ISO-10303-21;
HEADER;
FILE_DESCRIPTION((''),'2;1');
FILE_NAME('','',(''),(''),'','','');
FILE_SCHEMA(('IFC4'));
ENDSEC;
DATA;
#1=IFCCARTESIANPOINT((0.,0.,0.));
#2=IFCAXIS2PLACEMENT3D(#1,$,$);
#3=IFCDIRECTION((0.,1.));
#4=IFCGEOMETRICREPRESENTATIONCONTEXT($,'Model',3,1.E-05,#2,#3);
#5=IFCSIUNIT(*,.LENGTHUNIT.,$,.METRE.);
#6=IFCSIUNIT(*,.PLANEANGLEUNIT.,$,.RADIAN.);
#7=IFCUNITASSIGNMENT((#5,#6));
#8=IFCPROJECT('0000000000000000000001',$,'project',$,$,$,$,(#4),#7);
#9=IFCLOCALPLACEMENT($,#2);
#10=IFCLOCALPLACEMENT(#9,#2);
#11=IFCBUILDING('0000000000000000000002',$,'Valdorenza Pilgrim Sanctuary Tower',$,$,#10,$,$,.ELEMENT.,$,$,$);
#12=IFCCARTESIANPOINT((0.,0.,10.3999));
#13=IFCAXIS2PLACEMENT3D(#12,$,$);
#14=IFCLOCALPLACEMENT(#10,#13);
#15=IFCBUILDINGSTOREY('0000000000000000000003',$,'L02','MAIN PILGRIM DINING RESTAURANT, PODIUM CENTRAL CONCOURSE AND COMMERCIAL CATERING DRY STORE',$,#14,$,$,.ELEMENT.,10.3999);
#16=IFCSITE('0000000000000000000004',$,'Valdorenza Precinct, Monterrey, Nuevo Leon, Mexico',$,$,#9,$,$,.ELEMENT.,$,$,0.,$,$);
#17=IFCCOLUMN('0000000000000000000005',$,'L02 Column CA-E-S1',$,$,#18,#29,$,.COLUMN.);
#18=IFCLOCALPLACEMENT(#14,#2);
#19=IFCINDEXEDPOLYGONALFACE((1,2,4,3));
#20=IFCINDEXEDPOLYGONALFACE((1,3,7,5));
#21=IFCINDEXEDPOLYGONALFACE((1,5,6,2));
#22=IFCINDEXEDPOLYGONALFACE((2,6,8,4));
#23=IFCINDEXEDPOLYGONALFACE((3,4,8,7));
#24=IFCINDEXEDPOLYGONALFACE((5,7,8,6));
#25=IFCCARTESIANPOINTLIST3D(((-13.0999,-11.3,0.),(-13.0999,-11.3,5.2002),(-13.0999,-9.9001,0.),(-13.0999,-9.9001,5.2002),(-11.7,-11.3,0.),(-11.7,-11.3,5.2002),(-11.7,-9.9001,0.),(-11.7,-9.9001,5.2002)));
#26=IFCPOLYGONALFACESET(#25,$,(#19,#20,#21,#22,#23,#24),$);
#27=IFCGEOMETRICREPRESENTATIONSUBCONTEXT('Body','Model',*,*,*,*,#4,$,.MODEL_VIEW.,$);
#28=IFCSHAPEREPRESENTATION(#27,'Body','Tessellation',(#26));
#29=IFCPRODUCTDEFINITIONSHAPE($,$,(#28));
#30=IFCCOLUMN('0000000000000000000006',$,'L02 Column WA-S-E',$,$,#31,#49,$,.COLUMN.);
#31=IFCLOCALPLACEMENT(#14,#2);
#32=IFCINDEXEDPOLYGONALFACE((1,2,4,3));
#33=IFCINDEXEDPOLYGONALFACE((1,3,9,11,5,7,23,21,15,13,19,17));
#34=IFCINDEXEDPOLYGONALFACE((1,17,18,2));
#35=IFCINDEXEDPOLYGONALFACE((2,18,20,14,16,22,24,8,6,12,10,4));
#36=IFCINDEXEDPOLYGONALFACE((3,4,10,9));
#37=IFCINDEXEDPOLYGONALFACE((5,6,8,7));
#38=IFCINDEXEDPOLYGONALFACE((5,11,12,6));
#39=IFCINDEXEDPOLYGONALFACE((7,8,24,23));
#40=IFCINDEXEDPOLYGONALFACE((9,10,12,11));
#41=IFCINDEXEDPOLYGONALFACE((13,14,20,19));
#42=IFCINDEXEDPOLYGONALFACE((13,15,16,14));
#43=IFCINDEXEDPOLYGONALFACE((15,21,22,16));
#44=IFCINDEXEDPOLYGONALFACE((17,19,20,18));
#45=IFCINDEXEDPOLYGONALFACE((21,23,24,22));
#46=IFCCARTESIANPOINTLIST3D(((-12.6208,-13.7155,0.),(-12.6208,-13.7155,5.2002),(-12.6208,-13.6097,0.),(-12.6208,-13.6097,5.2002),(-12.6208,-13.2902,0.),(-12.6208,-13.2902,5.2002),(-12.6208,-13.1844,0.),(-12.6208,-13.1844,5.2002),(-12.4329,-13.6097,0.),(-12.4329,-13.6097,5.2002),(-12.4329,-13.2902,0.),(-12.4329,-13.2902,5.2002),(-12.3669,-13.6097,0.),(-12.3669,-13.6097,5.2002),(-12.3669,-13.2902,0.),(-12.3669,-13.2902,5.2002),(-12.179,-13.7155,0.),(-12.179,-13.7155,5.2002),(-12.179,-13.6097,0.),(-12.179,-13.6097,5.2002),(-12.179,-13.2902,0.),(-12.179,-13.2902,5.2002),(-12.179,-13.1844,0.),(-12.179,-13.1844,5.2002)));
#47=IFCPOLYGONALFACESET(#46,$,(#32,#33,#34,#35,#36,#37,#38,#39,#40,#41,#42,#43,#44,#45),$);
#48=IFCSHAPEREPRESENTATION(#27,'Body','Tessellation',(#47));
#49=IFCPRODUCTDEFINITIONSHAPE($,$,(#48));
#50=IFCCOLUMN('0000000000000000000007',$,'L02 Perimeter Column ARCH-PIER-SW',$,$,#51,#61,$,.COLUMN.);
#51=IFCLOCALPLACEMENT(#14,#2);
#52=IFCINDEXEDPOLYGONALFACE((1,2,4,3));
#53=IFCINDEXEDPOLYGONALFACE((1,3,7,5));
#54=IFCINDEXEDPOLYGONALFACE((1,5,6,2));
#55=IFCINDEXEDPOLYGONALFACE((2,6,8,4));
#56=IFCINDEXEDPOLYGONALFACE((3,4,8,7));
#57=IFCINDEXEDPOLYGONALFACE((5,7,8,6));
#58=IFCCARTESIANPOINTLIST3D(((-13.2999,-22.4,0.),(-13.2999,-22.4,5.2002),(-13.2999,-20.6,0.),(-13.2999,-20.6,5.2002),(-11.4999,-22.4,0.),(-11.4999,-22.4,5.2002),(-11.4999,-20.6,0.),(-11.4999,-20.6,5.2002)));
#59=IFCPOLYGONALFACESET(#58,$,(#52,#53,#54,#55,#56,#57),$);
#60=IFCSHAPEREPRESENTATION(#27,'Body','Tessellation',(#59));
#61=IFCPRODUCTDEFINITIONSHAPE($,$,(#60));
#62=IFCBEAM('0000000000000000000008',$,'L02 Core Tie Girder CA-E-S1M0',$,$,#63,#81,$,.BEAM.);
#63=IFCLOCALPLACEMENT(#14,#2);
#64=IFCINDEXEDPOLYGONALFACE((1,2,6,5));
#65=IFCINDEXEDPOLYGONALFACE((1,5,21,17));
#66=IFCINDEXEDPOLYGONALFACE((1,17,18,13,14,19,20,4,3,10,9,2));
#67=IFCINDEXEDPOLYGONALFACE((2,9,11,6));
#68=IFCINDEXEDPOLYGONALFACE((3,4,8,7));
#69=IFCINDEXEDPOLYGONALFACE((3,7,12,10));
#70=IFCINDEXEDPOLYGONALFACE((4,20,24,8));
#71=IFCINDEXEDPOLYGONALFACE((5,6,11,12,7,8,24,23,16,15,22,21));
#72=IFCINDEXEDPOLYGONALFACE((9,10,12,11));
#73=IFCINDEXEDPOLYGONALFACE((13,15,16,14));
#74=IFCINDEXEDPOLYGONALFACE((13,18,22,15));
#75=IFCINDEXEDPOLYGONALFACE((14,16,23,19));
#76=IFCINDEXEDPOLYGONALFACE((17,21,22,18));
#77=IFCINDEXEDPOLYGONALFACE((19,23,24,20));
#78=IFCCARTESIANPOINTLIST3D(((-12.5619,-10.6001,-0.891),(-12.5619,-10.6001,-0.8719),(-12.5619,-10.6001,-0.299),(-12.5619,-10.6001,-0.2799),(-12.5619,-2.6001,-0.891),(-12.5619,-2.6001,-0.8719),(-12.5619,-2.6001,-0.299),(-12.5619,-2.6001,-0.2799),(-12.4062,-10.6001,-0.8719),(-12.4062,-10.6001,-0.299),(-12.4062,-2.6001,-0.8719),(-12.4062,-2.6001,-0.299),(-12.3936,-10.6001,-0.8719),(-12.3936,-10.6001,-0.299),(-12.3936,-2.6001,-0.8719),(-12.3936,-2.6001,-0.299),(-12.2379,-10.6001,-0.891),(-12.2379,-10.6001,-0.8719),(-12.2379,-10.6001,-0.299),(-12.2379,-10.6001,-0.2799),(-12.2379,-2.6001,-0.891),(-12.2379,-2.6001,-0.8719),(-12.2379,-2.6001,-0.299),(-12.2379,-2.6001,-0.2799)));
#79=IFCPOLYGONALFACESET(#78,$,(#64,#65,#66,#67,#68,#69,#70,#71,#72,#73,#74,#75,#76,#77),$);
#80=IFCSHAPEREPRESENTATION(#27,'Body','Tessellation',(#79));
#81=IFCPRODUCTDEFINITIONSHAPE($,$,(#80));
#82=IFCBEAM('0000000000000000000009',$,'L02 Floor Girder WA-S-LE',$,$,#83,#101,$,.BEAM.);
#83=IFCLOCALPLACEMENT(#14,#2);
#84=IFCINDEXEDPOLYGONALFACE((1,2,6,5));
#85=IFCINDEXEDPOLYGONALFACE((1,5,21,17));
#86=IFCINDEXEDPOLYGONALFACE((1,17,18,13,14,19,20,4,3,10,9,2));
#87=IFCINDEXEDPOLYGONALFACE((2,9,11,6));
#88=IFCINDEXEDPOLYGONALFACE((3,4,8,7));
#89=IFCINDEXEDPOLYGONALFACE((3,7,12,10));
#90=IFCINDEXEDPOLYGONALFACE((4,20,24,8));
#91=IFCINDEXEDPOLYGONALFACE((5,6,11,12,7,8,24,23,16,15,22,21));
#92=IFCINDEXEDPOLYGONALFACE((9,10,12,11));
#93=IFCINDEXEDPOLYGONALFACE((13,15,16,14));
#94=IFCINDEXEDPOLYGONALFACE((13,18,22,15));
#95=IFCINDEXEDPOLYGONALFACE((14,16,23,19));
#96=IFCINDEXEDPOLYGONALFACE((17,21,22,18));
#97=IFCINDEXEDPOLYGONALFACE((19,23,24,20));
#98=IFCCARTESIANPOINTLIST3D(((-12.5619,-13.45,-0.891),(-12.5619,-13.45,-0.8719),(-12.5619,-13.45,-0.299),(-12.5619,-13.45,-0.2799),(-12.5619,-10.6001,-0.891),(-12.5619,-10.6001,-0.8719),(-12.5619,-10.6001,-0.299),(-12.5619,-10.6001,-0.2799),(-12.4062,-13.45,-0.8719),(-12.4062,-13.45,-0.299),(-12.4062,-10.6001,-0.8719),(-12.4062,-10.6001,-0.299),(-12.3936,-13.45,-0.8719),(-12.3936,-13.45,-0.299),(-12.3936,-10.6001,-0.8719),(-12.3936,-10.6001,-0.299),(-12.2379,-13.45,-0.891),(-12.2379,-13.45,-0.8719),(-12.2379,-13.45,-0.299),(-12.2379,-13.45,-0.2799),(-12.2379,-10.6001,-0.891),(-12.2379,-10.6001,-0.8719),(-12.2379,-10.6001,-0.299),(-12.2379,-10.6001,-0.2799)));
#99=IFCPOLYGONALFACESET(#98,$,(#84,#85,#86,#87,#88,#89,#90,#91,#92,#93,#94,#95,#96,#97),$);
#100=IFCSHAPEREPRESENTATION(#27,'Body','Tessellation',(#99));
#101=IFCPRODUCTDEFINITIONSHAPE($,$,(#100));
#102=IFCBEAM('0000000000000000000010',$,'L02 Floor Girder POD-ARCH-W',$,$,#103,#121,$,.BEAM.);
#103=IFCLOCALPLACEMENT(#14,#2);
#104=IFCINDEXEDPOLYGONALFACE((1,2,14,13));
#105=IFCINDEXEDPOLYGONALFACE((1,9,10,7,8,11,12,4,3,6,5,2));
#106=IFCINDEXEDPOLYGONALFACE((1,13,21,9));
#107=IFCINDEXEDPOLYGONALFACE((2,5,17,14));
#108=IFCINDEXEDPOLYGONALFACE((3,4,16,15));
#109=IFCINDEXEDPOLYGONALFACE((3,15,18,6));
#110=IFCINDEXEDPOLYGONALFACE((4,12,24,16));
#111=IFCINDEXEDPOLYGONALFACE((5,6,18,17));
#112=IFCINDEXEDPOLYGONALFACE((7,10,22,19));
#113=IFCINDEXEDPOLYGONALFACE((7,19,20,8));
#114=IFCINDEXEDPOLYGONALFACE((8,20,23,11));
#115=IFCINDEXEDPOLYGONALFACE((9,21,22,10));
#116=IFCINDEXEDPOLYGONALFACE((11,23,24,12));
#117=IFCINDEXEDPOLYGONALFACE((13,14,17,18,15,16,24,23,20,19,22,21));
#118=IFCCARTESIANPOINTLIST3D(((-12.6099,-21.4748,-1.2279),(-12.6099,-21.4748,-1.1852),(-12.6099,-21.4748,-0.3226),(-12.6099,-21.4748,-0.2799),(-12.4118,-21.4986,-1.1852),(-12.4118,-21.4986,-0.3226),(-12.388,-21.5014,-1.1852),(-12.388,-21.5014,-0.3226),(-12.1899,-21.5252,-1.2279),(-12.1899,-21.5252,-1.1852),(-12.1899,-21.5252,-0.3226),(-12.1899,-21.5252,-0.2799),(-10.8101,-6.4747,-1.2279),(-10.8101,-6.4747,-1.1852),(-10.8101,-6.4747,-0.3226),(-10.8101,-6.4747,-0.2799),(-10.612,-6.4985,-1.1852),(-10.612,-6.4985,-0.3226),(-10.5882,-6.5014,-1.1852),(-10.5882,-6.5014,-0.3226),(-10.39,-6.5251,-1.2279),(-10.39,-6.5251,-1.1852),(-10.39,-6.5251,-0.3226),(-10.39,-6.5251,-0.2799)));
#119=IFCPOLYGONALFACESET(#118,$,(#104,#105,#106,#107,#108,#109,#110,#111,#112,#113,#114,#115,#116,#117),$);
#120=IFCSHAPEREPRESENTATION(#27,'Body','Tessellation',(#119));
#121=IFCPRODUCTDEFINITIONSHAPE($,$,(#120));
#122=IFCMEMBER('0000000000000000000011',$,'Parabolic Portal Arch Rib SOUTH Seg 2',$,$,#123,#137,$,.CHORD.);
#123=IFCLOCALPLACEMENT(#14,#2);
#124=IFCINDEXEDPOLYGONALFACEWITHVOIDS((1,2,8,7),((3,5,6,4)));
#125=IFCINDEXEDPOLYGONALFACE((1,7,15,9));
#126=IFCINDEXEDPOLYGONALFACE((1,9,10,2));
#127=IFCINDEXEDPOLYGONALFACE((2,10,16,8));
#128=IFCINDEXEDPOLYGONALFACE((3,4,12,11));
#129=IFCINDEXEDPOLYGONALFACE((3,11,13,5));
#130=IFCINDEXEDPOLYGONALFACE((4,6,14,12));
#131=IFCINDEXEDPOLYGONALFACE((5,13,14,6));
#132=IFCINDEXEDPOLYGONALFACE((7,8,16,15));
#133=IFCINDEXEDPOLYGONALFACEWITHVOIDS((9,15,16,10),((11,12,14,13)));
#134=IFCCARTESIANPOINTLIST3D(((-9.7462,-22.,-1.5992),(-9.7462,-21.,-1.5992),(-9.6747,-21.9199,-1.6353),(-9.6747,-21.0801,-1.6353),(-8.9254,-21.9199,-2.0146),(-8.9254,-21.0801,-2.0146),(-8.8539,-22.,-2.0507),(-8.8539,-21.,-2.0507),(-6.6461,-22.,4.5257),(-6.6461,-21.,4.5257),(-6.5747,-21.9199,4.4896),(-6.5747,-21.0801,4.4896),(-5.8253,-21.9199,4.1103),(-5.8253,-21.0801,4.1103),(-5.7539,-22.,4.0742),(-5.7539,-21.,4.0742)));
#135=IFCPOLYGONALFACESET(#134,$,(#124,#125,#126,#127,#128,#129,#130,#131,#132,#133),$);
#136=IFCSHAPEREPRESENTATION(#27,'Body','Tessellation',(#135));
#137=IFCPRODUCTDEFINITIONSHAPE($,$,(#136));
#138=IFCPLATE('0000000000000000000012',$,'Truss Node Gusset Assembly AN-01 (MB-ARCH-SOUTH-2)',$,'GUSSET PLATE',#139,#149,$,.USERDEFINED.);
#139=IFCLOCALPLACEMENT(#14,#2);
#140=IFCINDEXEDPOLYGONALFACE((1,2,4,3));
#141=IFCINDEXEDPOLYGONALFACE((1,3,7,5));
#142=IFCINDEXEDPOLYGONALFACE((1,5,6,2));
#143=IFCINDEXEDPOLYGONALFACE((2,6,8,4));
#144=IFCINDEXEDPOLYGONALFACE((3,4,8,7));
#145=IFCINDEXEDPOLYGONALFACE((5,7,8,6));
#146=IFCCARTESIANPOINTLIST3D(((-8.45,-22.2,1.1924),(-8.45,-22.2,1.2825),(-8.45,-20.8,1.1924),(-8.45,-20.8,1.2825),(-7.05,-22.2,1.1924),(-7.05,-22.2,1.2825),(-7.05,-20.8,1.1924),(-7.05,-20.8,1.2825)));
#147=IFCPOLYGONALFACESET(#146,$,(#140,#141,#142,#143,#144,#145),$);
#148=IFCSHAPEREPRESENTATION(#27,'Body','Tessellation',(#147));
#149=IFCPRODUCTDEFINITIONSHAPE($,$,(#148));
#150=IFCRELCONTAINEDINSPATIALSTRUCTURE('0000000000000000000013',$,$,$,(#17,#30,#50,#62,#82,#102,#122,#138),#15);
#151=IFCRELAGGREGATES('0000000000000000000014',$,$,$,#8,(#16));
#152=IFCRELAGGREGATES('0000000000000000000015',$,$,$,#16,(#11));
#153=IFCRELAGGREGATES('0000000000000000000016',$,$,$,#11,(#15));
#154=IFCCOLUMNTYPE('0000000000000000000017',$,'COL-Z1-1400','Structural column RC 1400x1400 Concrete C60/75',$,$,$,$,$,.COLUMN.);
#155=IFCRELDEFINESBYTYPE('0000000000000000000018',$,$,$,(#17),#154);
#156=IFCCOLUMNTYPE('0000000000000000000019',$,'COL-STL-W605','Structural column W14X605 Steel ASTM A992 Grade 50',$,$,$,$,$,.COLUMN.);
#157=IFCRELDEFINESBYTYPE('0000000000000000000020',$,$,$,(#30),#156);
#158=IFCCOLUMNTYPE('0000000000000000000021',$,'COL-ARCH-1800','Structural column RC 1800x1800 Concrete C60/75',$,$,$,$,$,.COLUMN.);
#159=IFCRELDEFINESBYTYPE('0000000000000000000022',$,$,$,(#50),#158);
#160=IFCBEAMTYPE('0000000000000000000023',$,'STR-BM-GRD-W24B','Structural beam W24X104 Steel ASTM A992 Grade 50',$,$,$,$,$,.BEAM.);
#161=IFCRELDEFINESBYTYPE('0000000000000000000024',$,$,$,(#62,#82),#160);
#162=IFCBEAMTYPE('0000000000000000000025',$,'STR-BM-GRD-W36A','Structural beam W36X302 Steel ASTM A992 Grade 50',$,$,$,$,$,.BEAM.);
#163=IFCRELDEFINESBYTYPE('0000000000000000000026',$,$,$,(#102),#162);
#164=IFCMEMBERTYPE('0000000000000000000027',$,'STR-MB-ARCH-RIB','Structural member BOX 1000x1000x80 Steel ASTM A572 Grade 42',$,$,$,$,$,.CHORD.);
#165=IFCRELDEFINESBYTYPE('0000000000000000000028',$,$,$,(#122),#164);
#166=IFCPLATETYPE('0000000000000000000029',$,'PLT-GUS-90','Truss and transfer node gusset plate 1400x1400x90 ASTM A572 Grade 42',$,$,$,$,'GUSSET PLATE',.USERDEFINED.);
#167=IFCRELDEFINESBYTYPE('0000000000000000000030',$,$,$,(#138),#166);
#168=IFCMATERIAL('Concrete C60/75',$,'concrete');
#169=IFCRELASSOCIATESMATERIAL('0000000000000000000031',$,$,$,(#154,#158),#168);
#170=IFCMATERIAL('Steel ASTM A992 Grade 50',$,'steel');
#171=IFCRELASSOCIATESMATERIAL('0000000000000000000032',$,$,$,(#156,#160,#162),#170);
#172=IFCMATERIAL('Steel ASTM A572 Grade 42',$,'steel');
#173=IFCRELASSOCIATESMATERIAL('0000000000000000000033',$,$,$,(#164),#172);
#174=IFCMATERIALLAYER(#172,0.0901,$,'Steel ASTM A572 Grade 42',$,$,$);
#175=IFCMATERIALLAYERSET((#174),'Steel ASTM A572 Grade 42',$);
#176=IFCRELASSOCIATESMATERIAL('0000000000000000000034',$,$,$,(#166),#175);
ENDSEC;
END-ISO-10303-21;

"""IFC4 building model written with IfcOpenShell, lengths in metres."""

from ifc_helpers import new_model, si_unit, direction, frame, origin, origin_2d, place, context, subcontext, project, spatial, rectangle, hollow_rectangle, i_section, extrude, source, transform, mapped, material, layer, layer_set, material_profile, profile_set, type_object, element, save


model = new_model("IFC4")

# Units and contexts
model_context = context("Model", 3, precision=1e-05, world=origin(), true_north=direction((0.0, 1.0)))
body_context = subcontext(model_context, "Body", "Model", "MODEL_VIEW")
ifc_project = project(units=[si_unit("LENGTHUNIT", "METRE"), si_unit("PLANEANGLEUNIT", "RADIAN")], contexts=[model_context])

# Site, building, storey
site_placement = place(None, origin())
site = spatial("IfcSite", under=ifc_project, at=site_placement, Name="Valdorenza Precinct, Monterrey, Nuevo Leon, Mexico", CompositionType="ELEMENT", RefElevation=0.0)
building_placement = place(site_placement, origin())
building = spatial("IfcBuilding", under=site, at=building_placement, Name="Valdorenza Pilgrim Sanctuary Tower", CompositionType="ELEMENT")
storey_placement = place(building_placement, frame((0.0, 0.0, 10.3999)))
storey = spatial("IfcBuildingStorey", under=building, at=storey_placement, Name="L02", Description="MAIN PILGRIM DINING RESTAURANT, PODIUM CENTRAL CONCOURSE AND COMMERCIAL CATERING DRY STORE", CompositionType="ELEMENT", Elevation=10.3999)

# Columns
ifc_material_1 = material(Name="Concrete C60/75", Category="concrete")
ifc_material_profile_1 = material_profile(ifc_material_1, rectangle(XDim=1.3999, YDim=1.3999, at=origin_2d()), Name="RC 1400x1400")
ifc_profile_set_1 = profile_set([ifc_material_profile_1], Name="Concrete C60/75")
column_type_1 = type_object("IfcColumnType", Name="COL-Z1-1400", Description="Structural column RC 1400x1400 Concrete C60/75", PredefinedType="COLUMN", material=ifc_profile_set_1)
shared_shape_1 = source(origin(), body_context, "Body", "SweptSolid", [
    extrude(rectangle(XDim=1.3999, YDim=1.3999, at=origin_2d()), origin(), (0.0, 0.0, 1.0), 5.2002),
])
column_1_placement = place(storey_placement, frame((-12.3999, -10.6001, 0.0), z_axis=(0.0, 0.0, 1.0), x_axis=(1.0, 0.0, 0.0)))
element("IfcColumn", 1, at=column_1_placement, inside=storey, type_object=column_type_1, Name="L02 Column CA-E-S1", PredefinedType="COLUMN", context=body_context, shape_type="MappedRepresentation", body=[
    mapped(shared_shape_1, transform((0.0, 0.0, 0.0), x_axis=(1.0, 0.0, 0.0), y_axis=(0.0, 1.0, 0.0), z_axis=(0.0, 0.0, 1.0), scale=1.0)),
])
ifc_material_2 = material(Name="Steel ASTM A992 Grade 50", Category="steel")
ifc_material_profile_2 = material_profile(ifc_material_2, i_section(OverallWidth=0.4419, OverallDepth=0.531, WebThickness=0.0659, FlangeThickness=0.1057, at=origin_2d()), Name="W14X605")
ifc_profile_set_2 = profile_set([ifc_material_profile_2], Name="Steel ASTM A992 Grade 50")
column_type_2 = type_object("IfcColumnType", Name="COL-STL-W605", Description="Structural column W14X605 Steel ASTM A992 Grade 50", PredefinedType="COLUMN", material=ifc_profile_set_2)
shared_shape_2 = source(origin(), body_context, "Body", "SweptSolid", [
    extrude(i_section(OverallWidth=0.4419, OverallDepth=0.531, WebThickness=0.0659, FlangeThickness=0.1057, at=origin_2d()), origin(), (0.0, 0.0, 1.0), 5.2002),
])
column_2_placement = place(storey_placement, frame((-12.3999, -13.45, 0.0), z_axis=(0.0, 0.0, 1.0), x_axis=(1.0, 0.0, 0.0)))
element("IfcColumn", 2, at=column_2_placement, inside=storey, type_object=column_type_2, Name="L02 Column WA-S-E", PredefinedType="COLUMN", context=body_context, shape_type="MappedRepresentation", body=[
    mapped(shared_shape_2, transform((0.0, 0.0, 0.0), x_axis=(1.0, 0.0, 0.0), y_axis=(0.0, 1.0, 0.0), z_axis=(0.0, 0.0, 1.0), scale=1.0)),
])
ifc_material_profile_3 = material_profile(ifc_material_1, rectangle(XDim=1.8, YDim=1.8, at=origin_2d()), Name="RC 1800x1800")
ifc_profile_set_3 = profile_set([ifc_material_profile_3], Name="Concrete C60/75")
column_type_3 = type_object("IfcColumnType", Name="COL-ARCH-1800", Description="Structural column RC 1800x1800 Concrete C60/75", PredefinedType="COLUMN", material=ifc_profile_set_3)
shared_shape_3 = source(origin(), body_context, "Body", "SweptSolid", [
    extrude(rectangle(XDim=1.8, YDim=1.8, at=origin_2d()), origin(), (0.0, 0.0, 1.0), 5.2002),
])
column_3_placement = place(storey_placement, frame((-12.3999, -21.5, 0.0), z_axis=(0.0, 0.0, 1.0), x_axis=(1.0, 0.0, 0.0)))
element("IfcColumn", 3, at=column_3_placement, inside=storey, type_object=column_type_3, Name="L02 Perimeter Column ARCH-PIER-SW", PredefinedType="COLUMN", context=body_context, shape_type="MappedRepresentation", body=[
    mapped(shared_shape_3, transform((0.0, 0.0, 0.0), x_axis=(1.0, 0.0, 0.0), y_axis=(0.0, 1.0, 0.0), z_axis=(0.0, 0.0, 1.0), scale=1.0)),
])

# Beams
ifc_material_profile_4 = material_profile(ifc_material_2, i_section(OverallWidth=0.324, OverallDepth=0.6111, WebThickness=0.0127, FlangeThickness=0.019, at=origin_2d()), Name="W24X104")
ifc_profile_set_4 = profile_set([ifc_material_profile_4], Name="Steel ASTM A992 Grade 50")
beam_type_1 = type_object("IfcBeamType", Name="STR-BM-GRD-W24B", Description="Structural beam W24X104 Steel ASTM A992 Grade 50", PredefinedType="BEAM", material=ifc_profile_set_4)
shared_shape_4 = source(origin(), body_context, "Body", "SweptSolid", [
    extrude(i_section(OverallWidth=0.324, OverallDepth=0.6111, WebThickness=0.0127, FlangeThickness=0.019, at=origin_2d()), origin(), (0.0, 0.0, 1.0), 8.0),
])
beam_1_placement = place(storey_placement, frame((-12.3999, -10.6001, -0.5854), z_axis=(0.0, 1.0, 0.0), x_axis=(-1.0, 0.0, 0.0)))
element("IfcBeam", 4, at=beam_1_placement, inside=storey, type_object=beam_type_1, Name="L02 Core Tie Girder CA-E-S1M0", PredefinedType="BEAM", context=body_context, shape_type="MappedRepresentation", body=[
    mapped(shared_shape_4, transform((0.0, 0.0, 0.0), x_axis=(1.0, 0.0, 0.0), y_axis=(0.0, 1.0, 0.0), z_axis=(0.0, 0.0, 1.0), scale=1.0)),
])
shared_shape_5 = source(origin(), body_context, "Body", "SweptSolid", [
    extrude(i_section(OverallWidth=0.324, OverallDepth=0.6111, WebThickness=0.0127, FlangeThickness=0.019, at=origin_2d()), origin(), (0.0, 0.0, 1.0), 2.8499),
])
beam_2_placement = place(storey_placement, frame((-12.3999, -13.45, -0.5854), z_axis=(0.0, 1.0, 0.0), x_axis=(-1.0, 0.0, 0.0)))
element("IfcBeam", 5, at=beam_2_placement, inside=storey, type_object=beam_type_1, Name="L02 Floor Girder WA-S-LE", PredefinedType="BEAM", context=body_context, shape_type="MappedRepresentation", body=[
    mapped(shared_shape_5, transform((0.0, 0.0, 0.0), x_axis=(1.0, 0.0, 0.0), y_axis=(0.0, 1.0, 0.0), z_axis=(0.0, 0.0, 1.0), scale=1.0)),
])
ifc_material_profile_5 = material_profile(ifc_material_2, i_section(OverallWidth=0.4231, OverallDepth=0.948, WebThickness=0.0239, FlangeThickness=0.0427, at=origin_2d()), Name="W36X302")
ifc_profile_set_5 = profile_set([ifc_material_profile_5], Name="Steel ASTM A992 Grade 50")
beam_type_2 = type_object("IfcBeamType", Name="STR-BM-GRD-W36A", Description="Structural beam W36X302 Steel ASTM A992 Grade 50", PredefinedType="BEAM", material=ifc_profile_set_5)
shared_shape_6 = source(origin(), body_context, "Body", "SweptSolid", [
    extrude(i_section(OverallWidth=0.4231, OverallDepth=0.948, WebThickness=0.0239, FlangeThickness=0.0427, at=origin_2d()), origin(), (0.0, 0.0, 1.0), 15.1077),
])
beam_3_placement = place(storey_placement, frame((-12.3999, -21.5, -0.7539), z_axis=(0.119132, 0.992878, 0.0), x_axis=(-0.992878, 0.119132, 0.0)))
element("IfcBeam", 6, at=beam_3_placement, inside=storey, type_object=beam_type_2, Name="L02 Floor Girder POD-ARCH-W", PredefinedType="BEAM", context=body_context, shape_type="MappedRepresentation", body=[
    mapped(shared_shape_6, transform((0.0, 0.0, 0.0), x_axis=(1.0, 0.0, 0.0), y_axis=(0.0, 1.0, 0.0), z_axis=(0.0, 0.0, 1.0), scale=1.0)),
])

# Member
ifc_material_3 = material(Name="Steel ASTM A572 Grade 42", Category="steel")
ifc_material_profile_6 = material_profile(ifc_material_3, hollow_rectangle(XDim=1.0, YDim=1.0, WallThickness=0.0801, at=origin_2d()), Name="BOX 1000x1000x80")
ifc_profile_set_6 = profile_set([ifc_material_profile_6], Name="Steel ASTM A572 Grade 42")
member_type = type_object("IfcMemberType", Name="STR-MB-ARCH-RIB", Description="Structural member BOX 1000x1000x80 Steel ASTM A572 Grade 42", PredefinedType="CHORD", material=ifc_profile_set_6)
shared_shape_7 = source(origin(), body_context, "Body", "SweptSolid", [
    extrude(hollow_rectangle(XDim=1.0, YDim=1.0, WallThickness=0.0801, at=origin_2d()), origin(), (0.0, 0.0, 1.0), 6.8647),
])
member_placement = place(storey_placement, frame((-9.3, -21.5, -1.825), z_axis=(0.45159, 0.0, 0.892226), x_axis=(0.0, 1.0, 0.0)))
element("IfcMember", 7, at=member_placement, inside=storey, type_object=member_type, Name="Parabolic Portal Arch Rib SOUTH Seg 2", PredefinedType="CHORD", context=body_context, shape_type="MappedRepresentation", body=[
    mapped(shared_shape_7, transform((0.0, 0.0, 0.0), x_axis=(1.0, 0.0, 0.0), y_axis=(0.0, 1.0, 0.0), z_axis=(0.0, 0.0, 1.0), scale=1.0)),
])

# Plate
ifc_layer_1 = layer(ifc_material_3, 0.0901, Name="Steel ASTM A572 Grade 42")
ifc_layer_set_1 = layer_set([ifc_layer_1], Name="Steel ASTM A572 Grade 42")
plate_type_1 = type_object("IfcPlateType", Name="PLT-GUS-90", Description="Truss and transfer node gusset plate 1400x1400x90 ASTM A572 Grade 42", ElementType="GUSSET PLATE", PredefinedType="USERDEFINED", material=ifc_layer_set_1)
shared_shape_8 = source(origin(), body_context, "Body", "SweptSolid", [
    extrude(rectangle(XDim=1.3999, YDim=1.3999, at=origin_2d()), origin(), (0.0, 0.0, 1.0), 0.0901),
])
plate_1_placement = place(storey_placement, frame((-7.75, -21.5, 1.1924), z_axis=(0.0, 0.0, 1.0), x_axis=(1.0, 0.0, 0.0)))
element("IfcPlate", 8, at=plate_1_placement, inside=storey, type_object=plate_type_1, Name="Truss Node Gusset Assembly AN-01 (MB-ARCH-SOUTH-2)", ObjectType="GUSSET PLATE", PredefinedType="USERDEFINED", context=body_context, shape_type="MappedRepresentation", body=[
    mapped(shared_shape_8, transform((0.0, 0.0, 0.0), x_axis=(1.0, 0.0, 0.0), y_axis=(0.0, 1.0, 0.0), z_axis=(0.0, 0.0, 1.0), scale=1.0)),
])

save(model, "model.ifc")
